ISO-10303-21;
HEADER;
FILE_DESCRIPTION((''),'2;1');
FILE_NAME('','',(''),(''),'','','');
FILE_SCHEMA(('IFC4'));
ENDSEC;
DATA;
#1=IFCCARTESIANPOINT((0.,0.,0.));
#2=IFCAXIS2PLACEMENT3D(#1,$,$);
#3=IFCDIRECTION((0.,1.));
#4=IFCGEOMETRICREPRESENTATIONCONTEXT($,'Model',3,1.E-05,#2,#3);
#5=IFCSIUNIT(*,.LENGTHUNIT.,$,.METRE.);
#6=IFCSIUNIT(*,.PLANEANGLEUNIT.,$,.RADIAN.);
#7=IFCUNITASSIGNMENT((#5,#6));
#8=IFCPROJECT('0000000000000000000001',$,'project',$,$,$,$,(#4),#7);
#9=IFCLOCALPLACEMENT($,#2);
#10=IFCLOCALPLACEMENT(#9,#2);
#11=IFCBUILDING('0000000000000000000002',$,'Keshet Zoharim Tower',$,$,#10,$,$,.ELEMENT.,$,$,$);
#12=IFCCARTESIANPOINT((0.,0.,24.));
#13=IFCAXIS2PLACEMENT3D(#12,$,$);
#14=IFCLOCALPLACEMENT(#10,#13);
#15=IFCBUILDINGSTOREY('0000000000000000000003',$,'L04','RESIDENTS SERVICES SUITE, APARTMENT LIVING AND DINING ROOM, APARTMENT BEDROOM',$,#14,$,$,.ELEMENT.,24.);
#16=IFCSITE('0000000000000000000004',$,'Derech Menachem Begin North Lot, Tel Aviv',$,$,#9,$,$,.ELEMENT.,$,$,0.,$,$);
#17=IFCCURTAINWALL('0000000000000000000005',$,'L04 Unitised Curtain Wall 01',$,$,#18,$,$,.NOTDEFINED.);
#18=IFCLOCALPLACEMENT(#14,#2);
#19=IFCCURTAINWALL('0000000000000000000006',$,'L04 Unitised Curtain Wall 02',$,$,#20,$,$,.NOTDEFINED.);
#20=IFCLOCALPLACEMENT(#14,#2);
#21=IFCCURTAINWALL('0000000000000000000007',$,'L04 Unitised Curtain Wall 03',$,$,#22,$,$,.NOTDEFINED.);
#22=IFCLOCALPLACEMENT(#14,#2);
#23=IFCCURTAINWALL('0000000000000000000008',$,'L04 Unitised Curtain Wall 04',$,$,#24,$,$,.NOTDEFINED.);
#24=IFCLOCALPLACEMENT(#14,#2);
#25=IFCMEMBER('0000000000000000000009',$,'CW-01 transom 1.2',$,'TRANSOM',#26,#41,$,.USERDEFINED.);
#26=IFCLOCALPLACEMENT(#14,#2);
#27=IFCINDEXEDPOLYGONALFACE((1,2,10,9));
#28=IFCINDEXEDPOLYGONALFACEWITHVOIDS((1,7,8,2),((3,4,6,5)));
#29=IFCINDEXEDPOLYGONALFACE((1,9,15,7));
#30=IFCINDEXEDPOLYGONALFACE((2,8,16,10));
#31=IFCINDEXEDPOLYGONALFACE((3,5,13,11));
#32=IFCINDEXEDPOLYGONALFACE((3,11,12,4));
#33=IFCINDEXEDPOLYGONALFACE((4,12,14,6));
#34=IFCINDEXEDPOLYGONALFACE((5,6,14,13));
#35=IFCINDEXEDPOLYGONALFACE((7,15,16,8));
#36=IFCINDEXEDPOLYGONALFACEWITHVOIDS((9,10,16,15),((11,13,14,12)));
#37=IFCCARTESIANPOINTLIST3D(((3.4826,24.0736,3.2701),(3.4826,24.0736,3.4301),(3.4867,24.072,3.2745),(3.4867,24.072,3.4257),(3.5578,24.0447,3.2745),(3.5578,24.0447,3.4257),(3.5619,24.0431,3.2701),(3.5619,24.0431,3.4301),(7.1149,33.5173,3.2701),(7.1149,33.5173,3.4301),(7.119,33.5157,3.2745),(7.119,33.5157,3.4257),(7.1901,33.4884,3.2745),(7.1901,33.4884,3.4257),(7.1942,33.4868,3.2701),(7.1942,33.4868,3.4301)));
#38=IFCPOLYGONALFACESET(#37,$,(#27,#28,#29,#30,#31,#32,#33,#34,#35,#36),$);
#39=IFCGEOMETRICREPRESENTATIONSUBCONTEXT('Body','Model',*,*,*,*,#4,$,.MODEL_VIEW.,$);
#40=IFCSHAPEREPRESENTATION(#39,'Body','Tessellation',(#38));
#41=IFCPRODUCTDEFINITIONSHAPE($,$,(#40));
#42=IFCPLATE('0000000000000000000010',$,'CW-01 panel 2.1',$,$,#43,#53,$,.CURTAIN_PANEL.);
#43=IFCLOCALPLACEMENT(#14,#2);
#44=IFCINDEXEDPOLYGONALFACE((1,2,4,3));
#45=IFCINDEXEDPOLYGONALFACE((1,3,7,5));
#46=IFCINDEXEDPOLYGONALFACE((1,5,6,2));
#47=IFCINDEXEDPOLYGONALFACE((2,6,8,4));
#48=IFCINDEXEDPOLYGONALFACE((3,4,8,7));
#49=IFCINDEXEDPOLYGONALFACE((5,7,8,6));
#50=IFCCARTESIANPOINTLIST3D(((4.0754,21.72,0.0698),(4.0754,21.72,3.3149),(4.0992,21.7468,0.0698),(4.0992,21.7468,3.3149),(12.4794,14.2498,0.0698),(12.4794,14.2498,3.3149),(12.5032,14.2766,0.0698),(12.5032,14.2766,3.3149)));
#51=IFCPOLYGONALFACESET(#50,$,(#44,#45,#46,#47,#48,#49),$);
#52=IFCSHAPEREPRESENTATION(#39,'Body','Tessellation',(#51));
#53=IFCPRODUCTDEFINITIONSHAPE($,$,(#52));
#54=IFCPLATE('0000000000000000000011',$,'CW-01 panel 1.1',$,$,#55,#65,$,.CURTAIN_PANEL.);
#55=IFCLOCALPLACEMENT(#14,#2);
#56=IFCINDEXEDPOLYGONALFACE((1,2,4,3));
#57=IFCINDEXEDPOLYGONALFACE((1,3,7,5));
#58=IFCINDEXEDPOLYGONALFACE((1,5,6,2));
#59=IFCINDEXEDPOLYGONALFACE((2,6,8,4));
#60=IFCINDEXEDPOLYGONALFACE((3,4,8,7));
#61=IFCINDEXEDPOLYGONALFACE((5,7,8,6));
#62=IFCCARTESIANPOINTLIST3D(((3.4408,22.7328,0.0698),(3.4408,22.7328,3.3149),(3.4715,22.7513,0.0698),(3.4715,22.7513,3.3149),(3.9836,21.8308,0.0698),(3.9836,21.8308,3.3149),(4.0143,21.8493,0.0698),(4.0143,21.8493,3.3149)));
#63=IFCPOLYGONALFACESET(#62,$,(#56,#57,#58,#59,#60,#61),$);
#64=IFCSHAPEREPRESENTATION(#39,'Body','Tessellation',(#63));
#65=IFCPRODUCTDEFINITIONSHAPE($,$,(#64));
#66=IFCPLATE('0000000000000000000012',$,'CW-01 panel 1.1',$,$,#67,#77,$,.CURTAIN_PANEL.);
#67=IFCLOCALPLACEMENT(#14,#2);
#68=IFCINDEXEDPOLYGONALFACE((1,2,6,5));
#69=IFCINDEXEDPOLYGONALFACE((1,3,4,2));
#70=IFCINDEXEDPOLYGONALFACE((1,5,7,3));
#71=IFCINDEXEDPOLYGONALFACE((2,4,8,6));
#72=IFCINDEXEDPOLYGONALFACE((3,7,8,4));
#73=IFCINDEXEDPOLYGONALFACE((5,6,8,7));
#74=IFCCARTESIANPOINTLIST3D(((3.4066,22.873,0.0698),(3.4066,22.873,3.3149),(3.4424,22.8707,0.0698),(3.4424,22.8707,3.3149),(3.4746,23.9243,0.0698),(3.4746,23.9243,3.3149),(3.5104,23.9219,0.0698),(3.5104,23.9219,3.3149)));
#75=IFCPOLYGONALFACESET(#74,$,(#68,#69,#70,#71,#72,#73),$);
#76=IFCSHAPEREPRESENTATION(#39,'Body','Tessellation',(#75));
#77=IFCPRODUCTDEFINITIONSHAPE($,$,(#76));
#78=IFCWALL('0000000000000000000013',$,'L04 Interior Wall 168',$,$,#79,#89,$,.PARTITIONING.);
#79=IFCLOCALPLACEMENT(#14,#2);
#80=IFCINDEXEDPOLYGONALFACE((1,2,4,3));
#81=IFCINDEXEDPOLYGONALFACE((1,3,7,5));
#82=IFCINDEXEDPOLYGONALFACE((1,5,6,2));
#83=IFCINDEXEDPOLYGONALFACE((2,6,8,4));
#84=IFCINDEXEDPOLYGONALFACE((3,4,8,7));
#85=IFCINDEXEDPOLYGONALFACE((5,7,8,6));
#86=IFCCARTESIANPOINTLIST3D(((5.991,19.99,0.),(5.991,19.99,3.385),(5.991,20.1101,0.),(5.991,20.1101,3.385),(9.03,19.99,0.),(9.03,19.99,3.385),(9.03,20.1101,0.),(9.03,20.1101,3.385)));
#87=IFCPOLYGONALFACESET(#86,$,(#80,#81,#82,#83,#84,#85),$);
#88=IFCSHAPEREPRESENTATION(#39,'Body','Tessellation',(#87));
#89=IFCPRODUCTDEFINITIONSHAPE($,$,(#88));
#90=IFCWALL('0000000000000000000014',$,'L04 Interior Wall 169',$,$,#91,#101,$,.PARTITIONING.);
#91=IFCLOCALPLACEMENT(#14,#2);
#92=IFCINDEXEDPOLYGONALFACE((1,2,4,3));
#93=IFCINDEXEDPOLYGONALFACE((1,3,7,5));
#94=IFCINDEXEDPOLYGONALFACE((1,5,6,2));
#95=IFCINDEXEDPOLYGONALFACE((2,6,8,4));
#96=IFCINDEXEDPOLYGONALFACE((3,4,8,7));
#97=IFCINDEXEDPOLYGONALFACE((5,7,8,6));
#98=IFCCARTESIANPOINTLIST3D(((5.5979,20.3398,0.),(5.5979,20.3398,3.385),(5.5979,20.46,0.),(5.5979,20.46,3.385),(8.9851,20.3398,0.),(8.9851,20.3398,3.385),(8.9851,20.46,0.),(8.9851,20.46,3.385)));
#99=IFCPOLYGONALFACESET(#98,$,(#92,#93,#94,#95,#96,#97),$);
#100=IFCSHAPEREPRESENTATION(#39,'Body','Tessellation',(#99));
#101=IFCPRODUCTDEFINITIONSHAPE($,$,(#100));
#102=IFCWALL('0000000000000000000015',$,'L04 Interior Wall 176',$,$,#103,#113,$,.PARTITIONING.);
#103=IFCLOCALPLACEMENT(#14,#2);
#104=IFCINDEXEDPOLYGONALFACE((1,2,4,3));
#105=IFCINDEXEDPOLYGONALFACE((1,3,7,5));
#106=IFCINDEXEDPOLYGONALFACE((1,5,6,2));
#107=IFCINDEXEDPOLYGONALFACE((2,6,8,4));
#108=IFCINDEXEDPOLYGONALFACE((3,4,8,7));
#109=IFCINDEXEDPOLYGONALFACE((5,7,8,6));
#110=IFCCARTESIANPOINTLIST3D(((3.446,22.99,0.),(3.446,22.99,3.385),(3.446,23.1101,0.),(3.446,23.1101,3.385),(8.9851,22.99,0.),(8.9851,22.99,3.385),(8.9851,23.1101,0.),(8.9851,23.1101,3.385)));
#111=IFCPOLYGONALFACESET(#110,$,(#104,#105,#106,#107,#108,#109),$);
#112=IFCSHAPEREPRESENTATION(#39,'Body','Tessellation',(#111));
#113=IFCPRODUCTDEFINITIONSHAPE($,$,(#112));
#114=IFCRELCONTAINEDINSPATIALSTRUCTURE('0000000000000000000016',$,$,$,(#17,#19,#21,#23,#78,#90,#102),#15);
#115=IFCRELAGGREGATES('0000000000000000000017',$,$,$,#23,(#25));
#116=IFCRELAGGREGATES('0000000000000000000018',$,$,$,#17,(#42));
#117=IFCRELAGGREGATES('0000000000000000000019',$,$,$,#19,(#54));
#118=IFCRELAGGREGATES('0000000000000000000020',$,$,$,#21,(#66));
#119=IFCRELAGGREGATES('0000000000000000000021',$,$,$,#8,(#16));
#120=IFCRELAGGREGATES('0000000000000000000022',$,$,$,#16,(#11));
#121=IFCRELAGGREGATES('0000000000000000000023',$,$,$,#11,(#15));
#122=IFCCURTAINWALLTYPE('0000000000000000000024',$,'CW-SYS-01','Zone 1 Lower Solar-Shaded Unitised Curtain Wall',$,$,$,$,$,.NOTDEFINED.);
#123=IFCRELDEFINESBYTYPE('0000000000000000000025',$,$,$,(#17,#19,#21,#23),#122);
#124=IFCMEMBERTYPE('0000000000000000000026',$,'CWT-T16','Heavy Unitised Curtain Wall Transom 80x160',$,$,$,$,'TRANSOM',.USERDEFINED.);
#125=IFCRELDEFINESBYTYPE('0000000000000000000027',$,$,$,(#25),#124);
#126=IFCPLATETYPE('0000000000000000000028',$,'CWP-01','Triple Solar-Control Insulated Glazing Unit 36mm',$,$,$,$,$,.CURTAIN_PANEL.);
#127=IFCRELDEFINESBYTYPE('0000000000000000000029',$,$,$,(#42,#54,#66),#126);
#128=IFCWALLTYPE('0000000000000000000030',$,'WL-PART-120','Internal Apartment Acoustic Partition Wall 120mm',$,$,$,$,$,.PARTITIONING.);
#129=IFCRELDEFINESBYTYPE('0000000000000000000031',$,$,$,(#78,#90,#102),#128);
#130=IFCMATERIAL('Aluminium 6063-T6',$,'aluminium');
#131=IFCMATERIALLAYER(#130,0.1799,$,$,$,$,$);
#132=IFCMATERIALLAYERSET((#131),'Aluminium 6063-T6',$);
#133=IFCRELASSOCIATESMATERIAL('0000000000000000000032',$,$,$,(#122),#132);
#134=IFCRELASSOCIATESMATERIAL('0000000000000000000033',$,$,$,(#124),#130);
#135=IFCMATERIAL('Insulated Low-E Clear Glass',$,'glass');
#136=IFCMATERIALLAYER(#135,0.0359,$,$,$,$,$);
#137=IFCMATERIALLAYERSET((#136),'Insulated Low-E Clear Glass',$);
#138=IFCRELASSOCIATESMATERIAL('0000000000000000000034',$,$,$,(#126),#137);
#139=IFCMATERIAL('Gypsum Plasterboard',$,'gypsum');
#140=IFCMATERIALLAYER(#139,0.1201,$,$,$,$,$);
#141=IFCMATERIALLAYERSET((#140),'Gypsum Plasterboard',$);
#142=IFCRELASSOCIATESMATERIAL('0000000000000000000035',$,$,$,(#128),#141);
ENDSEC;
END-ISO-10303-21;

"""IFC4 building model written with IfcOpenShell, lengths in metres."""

from ifc_helpers import new_model, si_unit, direction, frame, frame_2d, origin, origin_2d, place, context, subcontext, project, spatial, rectangle, hollow_rectangle, extrude, material, layer, layer_set, material_profile, profile_set, type_object, element, aggregate, save


model = new_model("IFC4")

# Units and contexts
model_context = context("Model", 3, precision=1e-05, world=origin(), true_north=direction((0.0, 1.0)))
body_context = subcontext(model_context, "Body", "Model", "MODEL_VIEW")
ifc_project = project(units=[si_unit("LENGTHUNIT", "METRE"), si_unit("PLANEANGLEUNIT", "RADIAN")], contexts=[model_context])

# Site, building, storey
site_placement = place(None, origin())
site = spatial("IfcSite", under=ifc_project, at=site_placement, Name="Derech Menachem Begin North Lot, Tel Aviv", CompositionType="ELEMENT", RefElevation=0.0)
building_placement = place(site_placement, origin())
building = spatial("IfcBuilding", under=site, at=building_placement, Name="Keshet Zoharim Tower", CompositionType="ELEMENT")
storey_placement = place(building_placement, frame((0.0, 0.0, 24.0)))
storey = spatial("IfcBuildingStorey", under=building, at=storey_placement, Name="L04", Description="RESIDENTS SERVICES SUITE, APARTMENT LIVING AND DINING ROOM, APARTMENT BEDROOM", CompositionType="ELEMENT", Elevation=24.0)

# Curtain wall
ifc_material_1 = material(Name="Aluminium 6063-T6", Category="aluminium")
ifc_layer_1 = layer(ifc_material_1, 0.1799)
ifc_layer_set_1 = layer_set([ifc_layer_1], Name="Aluminium 6063-T6")
curtain_wall_type = type_object("IfcCurtainWallType", Name="CW-SYS-01", Description="Zone 1 Lower Solar-Shaded Unitised Curtain Wall", PredefinedType="NOTDEFINED", material=ifc_layer_set_1)
curtain_wall_1_placement = place(storey_placement, origin())
curtain_wall_1 = element("IfcCurtainWall", 1, at=curtain_wall_1_placement, inside=storey, type_object=curtain_wall_type, Name="L04 Unitised Curtain Wall 01", PredefinedType="NOTDEFINED")

# Curtain walls
curtain_wall_2_placement = place(storey_placement, origin())
curtain_wall_2 = element("IfcCurtainWall", 2, at=curtain_wall_2_placement, inside=storey, type_object=curtain_wall_type, Name="L04 Unitised Curtain Wall 02", PredefinedType="NOTDEFINED")
curtain_wall_3_placement = place(storey_placement, origin())
curtain_wall_3 = element("IfcCurtainWall", 3, at=curtain_wall_3_placement, inside=storey, type_object=curtain_wall_type, Name="L04 Unitised Curtain Wall 03", PredefinedType="NOTDEFINED")

# Curtain wall
curtain_wall_4_placement = place(storey_placement, origin())
curtain_wall_4 = element("IfcCurtainWall", 4, at=curtain_wall_4_placement, inside=storey, type_object=curtain_wall_type, Name="L04 Unitised Curtain Wall 04", PredefinedType="NOTDEFINED")

# Member
ifc_material_profile_1 = material_profile(ifc_material_1, hollow_rectangle(XDim=0.085, YDim=0.1599, WallThickness=0.0044, at=origin_2d()), Name="TRN-85x160")
ifc_profile_set_1 = profile_set([ifc_material_profile_1], Name="Aluminium 6063-T6")
member_type_1 = type_object("IfcMemberType", Name="CWT-T16", Description="Heavy Unitised Curtain Wall Transom 80x160", ElementType="TRANSOM", PredefinedType="USERDEFINED", material=ifc_profile_set_1)
member_1_placement = place(storey_placement, frame((3.5222, 24.0583, 3.3501), z_axis=(0.358994, 0.93334, 0.0), x_axis=(-0.93334, 0.358994, 0.0)))
member_1 = element("IfcMember", 5, at=member_1_placement, type_object=member_type_1, Name="CW-01 transom 1.2", ObjectType="TRANSOM", PredefinedType="USERDEFINED", context=body_context, shape_type="SweptSolid", body=[
    extrude(hollow_rectangle(XDim=0.085, YDim=0.1599, WallThickness=0.0044, at=origin_2d()), origin(), (0.0, 0.0, 1.0), 10.1182),
])
aggregate(curtain_wall_4, [member_1])

# Plates
ifc_material_2 = material(Name="Insulated Low-E Clear Glass", Category="glass")
ifc_layer_2 = layer(ifc_material_2, 0.0359)
ifc_layer_set_2 = layer_set([ifc_layer_2], Name="Insulated Low-E Clear Glass")
plate_type = type_object("IfcPlateType", Name="CWP-01", Description="Triple Solar-Control Insulated Glazing Unit 36mm", PredefinedType="CURTAIN_PANEL", material=ifc_layer_set_2)
plate_1_placement = place(storey_placement, frame((8.2893, 17.9983, 0.0698), z_axis=(0.0, 0.0, 1.0), x_axis=(-0.747409, 0.664364, 0.0)))
plate_1 = element("IfcPlate", 6, at=plate_1_placement, type_object=plate_type, Name="CW-01 panel 2.1", PredefinedType="CURTAIN_PANEL", context=body_context, shape_type="SweptSolid", body=[
    extrude(rectangle(XDim=11.2441, YDim=0.0359, at=origin_2d()), origin(), (0.0, 0.0, 1.0), 3.2451),
])
aggregate(curtain_wall_1, [plate_1])
plate_2_placement = place(storey_placement, frame((3.7275, 22.291, 0.0698), z_axis=(0.0, 0.0, 1.0), x_axis=(-0.515605, 0.856826, 0.0)))
plate_2 = element("IfcPlate", 7, at=plate_2_placement, type_object=plate_type, Name="CW-01 panel 1.1", PredefinedType="CURTAIN_PANEL", context=body_context, shape_type="SweptSolid", body=[
    extrude(rectangle(XDim=1.0527, YDim=0.0359, at=origin_2d()), origin(), (0.0, 0.0, 1.0), 3.2451),
])
aggregate(curtain_wall_2, [plate_2])
plate_3_placement = place(storey_placement, frame((3.4585, 23.3975, 0.0698), z_axis=(0.0, 0.0, 1.0), x_axis=(0.064517, 0.997917, 0.0)))
plate_3 = element("IfcPlate", 8, at=plate_3_placement, type_object=plate_type, Name="CW-01 panel 1.1", PredefinedType="CURTAIN_PANEL", context=body_context, shape_type="SweptSolid", body=[
    extrude(rectangle(XDim=1.0535, YDim=0.0359, at=origin_2d()), origin(), (0.0, 0.0, 1.0), 3.2451),
])
aggregate(curtain_wall_3, [plate_3])

# Walls
ifc_material_3 = material(Name="Gypsum Plasterboard", Category="gypsum")
ifc_layer_3 = layer(ifc_material_3, 0.1201)
ifc_layer_set_3 = layer_set([ifc_layer_3], Name="Gypsum Plasterboard")
wall_type = type_object("IfcWallType", Name="WL-PART-120", Description="Internal Apartment Acoustic Partition Wall 120mm", PredefinedType="PARTITIONING", material=ifc_layer_set_3)
wall_1_placement = place(storey_placement, frame((5.991, 20.05, 0.0), z_axis=(0.0, 0.0, 1.0), x_axis=(1.0, 0.0, 0.0)))
element("IfcWall", 9, at=wall_1_placement, inside=storey, type_object=wall_type, Name="L04 Interior Wall 168", PredefinedType="PARTITIONING", context=body_context, shape_type="SweptSolid", body=[
    extrude(rectangle(XDim=3.0391, YDim=0.1201, at=frame_2d((1.5195, 0.0))), origin(), (0.0, 0.0, 1.0), 3.385),
])
wall_2_placement = place(storey_placement, frame((5.5979, 20.3999, 0.0), z_axis=(0.0, 0.0, 1.0), x_axis=(1.0, 0.0, 0.0)))
element("IfcWall", 10, at=wall_2_placement, inside=storey, type_object=wall_type, Name="L04 Interior Wall 169", PredefinedType="PARTITIONING", context=body_context, shape_type="SweptSolid", body=[
    extrude(rectangle(XDim=3.3872, YDim=0.1201, at=frame_2d((1.6936, 0.0))), origin(), (0.0, 0.0, 1.0), 3.385),
])
wall_3_placement = place(storey_placement, frame((3.446, 23.05, 0.0), z_axis=(0.0, 0.0, 1.0), x_axis=(1.0, 0.0, 0.0)))
element("IfcWall", 11, at=wall_3_placement, inside=storey, type_object=wall_type, Name="L04 Interior Wall 176", PredefinedType="PARTITIONING", context=body_context, shape_type="SweptSolid", body=[
    extrude(rectangle(XDim=5.5391, YDim=0.1201, at=frame_2d((2.7695, 0.0))), origin(), (0.0, 0.0, 1.0), 3.385),
])

save(model, "model.ifc")
